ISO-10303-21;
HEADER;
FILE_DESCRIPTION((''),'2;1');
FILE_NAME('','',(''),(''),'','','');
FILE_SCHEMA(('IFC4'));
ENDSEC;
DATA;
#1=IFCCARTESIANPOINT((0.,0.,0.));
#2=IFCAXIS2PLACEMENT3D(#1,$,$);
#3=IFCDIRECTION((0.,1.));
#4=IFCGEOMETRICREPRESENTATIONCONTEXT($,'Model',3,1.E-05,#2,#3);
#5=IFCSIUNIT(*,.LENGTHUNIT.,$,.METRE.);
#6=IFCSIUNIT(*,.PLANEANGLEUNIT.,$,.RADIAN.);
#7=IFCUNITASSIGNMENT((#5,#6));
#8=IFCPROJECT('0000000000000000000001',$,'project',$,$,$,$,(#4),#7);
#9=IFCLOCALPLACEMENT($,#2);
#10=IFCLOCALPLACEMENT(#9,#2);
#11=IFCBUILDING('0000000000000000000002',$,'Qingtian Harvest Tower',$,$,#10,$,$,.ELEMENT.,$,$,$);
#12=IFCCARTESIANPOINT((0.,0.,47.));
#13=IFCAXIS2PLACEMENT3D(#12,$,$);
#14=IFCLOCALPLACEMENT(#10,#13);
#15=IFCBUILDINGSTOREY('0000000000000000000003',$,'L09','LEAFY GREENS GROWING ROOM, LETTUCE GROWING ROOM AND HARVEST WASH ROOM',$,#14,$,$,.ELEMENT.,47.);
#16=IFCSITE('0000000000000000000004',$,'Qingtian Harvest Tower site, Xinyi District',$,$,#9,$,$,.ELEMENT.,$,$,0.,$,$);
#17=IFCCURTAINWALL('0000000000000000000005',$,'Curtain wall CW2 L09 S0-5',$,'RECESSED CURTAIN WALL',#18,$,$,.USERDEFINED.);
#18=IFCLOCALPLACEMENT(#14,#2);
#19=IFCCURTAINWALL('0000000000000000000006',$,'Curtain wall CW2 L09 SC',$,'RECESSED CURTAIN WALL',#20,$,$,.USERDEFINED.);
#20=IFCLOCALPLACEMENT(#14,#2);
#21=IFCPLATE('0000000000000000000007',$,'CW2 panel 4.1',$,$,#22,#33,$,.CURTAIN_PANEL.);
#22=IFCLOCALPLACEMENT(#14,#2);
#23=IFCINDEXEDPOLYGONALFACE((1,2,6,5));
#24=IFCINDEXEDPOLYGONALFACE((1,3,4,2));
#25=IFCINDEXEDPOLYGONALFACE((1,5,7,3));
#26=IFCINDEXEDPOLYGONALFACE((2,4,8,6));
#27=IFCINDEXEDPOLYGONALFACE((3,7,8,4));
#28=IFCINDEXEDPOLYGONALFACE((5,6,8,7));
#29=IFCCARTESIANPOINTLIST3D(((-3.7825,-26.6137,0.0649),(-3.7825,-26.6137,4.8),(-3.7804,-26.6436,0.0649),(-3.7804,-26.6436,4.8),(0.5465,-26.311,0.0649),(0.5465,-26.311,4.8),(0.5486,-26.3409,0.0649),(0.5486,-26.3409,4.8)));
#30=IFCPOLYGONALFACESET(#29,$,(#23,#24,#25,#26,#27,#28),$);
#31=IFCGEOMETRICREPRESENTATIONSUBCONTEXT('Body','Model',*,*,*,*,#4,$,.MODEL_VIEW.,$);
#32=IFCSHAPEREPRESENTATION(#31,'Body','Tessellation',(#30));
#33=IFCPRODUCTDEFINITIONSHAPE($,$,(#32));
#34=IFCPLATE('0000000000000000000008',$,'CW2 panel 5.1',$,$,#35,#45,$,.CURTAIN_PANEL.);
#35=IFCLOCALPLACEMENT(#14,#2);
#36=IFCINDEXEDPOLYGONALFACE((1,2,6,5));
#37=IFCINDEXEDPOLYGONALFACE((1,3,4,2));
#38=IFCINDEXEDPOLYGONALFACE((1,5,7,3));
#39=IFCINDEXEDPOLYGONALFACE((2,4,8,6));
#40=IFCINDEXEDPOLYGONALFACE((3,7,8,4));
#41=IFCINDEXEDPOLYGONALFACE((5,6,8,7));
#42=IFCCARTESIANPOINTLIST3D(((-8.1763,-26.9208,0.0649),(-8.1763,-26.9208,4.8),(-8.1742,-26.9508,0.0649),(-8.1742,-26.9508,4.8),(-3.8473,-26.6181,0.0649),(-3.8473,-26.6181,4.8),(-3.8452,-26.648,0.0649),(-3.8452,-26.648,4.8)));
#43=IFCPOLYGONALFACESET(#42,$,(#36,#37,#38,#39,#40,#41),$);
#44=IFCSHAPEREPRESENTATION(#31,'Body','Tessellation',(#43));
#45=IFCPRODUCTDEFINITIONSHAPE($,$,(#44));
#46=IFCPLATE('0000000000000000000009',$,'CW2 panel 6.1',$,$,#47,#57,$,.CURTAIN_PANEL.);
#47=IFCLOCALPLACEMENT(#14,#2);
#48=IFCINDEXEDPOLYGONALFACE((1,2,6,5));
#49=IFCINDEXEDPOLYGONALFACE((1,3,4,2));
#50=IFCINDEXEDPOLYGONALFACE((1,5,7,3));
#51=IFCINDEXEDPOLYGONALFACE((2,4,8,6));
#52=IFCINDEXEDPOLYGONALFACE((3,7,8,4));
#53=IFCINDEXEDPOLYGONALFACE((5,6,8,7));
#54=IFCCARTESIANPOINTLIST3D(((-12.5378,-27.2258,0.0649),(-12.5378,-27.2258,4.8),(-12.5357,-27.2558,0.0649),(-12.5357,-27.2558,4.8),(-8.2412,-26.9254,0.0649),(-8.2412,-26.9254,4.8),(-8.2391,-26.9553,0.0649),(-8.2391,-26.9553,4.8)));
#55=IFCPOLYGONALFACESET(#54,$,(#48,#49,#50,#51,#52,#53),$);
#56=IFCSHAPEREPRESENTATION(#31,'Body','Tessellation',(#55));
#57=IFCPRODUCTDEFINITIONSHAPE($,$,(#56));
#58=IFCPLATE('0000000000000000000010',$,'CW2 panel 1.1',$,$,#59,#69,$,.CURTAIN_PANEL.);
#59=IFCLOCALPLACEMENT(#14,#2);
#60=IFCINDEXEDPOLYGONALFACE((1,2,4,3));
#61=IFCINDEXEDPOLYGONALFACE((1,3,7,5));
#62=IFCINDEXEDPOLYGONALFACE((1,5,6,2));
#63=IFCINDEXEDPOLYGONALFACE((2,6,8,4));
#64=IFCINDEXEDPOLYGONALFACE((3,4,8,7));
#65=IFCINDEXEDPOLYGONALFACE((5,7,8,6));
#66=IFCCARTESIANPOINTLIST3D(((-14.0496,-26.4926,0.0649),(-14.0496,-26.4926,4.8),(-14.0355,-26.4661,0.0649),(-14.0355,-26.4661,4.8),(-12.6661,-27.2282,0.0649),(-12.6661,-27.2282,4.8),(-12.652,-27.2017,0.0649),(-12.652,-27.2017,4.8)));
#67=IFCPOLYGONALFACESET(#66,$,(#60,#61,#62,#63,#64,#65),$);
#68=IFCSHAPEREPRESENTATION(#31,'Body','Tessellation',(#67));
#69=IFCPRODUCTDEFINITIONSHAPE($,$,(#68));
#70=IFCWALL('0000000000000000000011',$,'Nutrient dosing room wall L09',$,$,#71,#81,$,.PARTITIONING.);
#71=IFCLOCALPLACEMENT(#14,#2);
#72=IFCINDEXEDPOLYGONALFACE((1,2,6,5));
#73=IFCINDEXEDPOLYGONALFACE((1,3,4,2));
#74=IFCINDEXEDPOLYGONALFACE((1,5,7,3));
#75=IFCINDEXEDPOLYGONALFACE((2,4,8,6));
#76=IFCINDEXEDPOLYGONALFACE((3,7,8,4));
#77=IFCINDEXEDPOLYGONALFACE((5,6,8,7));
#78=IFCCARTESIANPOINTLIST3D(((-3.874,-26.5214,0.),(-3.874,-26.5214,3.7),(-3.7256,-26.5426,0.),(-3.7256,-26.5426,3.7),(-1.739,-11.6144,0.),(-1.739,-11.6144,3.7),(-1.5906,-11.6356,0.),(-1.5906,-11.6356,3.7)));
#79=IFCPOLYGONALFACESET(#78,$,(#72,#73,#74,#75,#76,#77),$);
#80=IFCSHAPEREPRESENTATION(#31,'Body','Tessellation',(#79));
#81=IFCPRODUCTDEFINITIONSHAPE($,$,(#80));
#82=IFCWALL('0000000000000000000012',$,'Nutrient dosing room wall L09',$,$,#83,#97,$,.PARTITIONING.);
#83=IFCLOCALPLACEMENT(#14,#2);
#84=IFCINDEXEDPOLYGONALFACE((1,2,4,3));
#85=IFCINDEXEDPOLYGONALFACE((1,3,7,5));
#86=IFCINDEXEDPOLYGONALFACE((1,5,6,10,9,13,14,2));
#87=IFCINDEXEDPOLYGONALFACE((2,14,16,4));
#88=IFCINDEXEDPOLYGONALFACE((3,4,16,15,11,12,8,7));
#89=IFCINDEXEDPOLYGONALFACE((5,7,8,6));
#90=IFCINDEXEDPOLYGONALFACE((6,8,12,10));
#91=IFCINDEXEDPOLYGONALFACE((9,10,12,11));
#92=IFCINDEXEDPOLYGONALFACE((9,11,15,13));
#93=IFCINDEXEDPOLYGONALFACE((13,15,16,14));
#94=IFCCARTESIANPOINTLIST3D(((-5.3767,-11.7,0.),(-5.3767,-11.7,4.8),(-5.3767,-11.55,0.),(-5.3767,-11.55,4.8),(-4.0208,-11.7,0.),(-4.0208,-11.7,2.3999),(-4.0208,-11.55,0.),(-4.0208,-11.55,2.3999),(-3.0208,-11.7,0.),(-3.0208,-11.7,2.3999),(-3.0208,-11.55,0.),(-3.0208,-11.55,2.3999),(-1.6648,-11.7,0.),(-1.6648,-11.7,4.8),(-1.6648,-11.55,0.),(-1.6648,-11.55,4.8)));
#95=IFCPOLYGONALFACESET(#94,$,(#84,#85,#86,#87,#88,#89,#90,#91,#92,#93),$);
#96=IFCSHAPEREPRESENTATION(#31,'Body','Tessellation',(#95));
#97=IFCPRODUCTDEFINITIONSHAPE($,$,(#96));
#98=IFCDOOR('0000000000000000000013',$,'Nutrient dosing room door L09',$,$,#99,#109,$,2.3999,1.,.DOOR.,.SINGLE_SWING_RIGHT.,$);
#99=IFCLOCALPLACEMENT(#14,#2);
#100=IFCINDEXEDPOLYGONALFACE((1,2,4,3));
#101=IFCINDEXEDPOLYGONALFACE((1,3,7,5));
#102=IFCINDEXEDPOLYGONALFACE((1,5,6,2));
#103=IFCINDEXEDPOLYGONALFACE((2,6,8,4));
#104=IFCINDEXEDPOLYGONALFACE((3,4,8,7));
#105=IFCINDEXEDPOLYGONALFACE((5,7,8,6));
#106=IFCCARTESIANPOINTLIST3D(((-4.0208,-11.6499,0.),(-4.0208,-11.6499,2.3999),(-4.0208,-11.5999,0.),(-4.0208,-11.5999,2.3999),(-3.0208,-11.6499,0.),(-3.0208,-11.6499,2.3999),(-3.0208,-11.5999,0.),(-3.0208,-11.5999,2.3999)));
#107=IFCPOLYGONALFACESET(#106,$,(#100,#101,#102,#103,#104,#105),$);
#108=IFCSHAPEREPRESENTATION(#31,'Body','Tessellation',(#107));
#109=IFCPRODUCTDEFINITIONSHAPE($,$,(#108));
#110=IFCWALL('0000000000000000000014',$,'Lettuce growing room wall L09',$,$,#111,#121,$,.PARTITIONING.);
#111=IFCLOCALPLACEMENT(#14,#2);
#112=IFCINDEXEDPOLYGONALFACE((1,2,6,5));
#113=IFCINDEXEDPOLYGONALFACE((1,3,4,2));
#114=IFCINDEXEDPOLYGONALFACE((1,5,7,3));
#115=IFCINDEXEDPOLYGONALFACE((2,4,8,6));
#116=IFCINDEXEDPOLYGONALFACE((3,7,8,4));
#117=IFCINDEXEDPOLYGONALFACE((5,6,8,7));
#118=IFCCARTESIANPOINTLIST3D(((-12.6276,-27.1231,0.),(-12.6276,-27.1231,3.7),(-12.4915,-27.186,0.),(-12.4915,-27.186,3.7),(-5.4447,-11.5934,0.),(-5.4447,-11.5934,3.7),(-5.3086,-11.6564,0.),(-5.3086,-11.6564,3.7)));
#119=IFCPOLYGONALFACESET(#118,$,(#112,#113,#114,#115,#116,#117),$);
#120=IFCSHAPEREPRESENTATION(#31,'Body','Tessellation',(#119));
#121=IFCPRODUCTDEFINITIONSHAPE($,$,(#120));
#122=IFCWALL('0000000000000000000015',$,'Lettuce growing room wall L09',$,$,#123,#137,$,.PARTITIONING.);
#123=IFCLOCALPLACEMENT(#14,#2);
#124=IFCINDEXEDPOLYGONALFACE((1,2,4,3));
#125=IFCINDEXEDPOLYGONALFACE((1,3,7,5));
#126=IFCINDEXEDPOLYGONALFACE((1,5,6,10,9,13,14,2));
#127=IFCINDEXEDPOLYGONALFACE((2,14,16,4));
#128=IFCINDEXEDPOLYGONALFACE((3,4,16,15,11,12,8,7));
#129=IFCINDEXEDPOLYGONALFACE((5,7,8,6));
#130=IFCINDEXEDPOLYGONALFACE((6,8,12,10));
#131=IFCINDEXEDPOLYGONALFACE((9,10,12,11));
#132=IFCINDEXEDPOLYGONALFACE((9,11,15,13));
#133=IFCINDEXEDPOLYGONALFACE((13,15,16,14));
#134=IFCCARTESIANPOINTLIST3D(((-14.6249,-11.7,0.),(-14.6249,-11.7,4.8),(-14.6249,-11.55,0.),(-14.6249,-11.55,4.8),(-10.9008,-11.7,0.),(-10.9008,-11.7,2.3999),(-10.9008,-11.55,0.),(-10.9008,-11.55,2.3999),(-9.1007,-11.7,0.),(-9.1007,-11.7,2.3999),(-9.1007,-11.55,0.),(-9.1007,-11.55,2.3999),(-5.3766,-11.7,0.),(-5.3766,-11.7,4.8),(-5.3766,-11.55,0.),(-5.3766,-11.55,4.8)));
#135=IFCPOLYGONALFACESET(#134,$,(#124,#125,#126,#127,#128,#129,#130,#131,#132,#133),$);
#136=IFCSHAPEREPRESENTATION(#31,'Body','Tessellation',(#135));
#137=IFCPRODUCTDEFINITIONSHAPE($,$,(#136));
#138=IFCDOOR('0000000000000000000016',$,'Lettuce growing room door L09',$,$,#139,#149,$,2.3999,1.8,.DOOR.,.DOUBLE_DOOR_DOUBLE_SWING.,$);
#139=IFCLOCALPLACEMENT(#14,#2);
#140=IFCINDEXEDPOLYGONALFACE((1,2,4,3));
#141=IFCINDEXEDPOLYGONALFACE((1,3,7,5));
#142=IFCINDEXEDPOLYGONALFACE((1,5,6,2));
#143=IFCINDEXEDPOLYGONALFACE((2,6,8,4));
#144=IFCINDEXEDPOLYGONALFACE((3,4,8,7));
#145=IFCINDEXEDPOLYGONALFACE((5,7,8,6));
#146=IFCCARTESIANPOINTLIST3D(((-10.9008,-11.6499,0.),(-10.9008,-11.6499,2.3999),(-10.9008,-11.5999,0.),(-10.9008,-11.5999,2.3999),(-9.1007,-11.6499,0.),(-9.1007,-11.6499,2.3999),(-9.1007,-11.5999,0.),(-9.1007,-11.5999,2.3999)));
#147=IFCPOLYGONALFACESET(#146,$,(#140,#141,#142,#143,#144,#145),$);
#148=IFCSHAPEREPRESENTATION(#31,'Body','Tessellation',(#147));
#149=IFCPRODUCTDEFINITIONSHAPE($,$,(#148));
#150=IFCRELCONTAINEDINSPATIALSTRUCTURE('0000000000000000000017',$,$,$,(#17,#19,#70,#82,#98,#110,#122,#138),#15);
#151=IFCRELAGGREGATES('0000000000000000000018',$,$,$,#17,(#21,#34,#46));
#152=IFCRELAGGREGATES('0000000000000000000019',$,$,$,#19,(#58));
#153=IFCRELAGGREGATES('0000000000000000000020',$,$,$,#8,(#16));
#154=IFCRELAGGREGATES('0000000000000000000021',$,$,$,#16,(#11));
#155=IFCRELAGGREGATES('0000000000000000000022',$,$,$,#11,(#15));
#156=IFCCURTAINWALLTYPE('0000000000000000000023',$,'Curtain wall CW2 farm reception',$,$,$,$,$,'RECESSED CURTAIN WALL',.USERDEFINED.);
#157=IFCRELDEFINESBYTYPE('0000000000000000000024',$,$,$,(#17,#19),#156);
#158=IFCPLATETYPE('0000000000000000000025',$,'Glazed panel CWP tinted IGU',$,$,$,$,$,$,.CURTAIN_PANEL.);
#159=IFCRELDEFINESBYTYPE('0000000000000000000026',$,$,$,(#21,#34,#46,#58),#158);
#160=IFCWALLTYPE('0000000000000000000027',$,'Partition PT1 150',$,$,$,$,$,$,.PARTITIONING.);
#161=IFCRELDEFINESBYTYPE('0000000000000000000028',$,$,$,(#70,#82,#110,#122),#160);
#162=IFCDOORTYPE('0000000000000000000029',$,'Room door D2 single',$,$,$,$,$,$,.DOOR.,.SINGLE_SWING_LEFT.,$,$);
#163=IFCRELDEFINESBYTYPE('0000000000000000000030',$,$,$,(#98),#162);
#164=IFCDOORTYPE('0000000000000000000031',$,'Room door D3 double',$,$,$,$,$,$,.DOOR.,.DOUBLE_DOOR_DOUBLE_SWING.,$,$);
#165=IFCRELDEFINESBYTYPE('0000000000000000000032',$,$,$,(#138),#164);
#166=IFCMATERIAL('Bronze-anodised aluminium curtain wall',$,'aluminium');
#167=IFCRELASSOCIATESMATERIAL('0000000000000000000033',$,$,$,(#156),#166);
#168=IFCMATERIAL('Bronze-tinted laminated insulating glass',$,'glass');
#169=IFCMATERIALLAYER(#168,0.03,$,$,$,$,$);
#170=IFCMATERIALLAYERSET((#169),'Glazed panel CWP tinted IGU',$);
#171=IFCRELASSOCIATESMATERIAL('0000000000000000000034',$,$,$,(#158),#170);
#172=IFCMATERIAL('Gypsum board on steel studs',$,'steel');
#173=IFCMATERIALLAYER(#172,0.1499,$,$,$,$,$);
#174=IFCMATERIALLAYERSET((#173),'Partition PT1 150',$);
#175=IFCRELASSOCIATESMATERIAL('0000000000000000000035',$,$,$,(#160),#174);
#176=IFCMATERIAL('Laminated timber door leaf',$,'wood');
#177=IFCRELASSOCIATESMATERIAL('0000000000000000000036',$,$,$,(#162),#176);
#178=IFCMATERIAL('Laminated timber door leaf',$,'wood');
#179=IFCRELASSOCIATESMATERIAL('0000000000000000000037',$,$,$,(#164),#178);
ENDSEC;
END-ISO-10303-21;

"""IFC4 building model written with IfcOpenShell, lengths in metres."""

from ifc_helpers import new_model, si_unit, direction, frame, frame_2d, origin, origin_2d, place, context, subcontext, project, spatial, rectangle, extrude, material, layer, layer_set, type_object, element, fill, aggregate, save


model = new_model("IFC4")

# Units and contexts
model_context = context("Model", 3, precision=1e-05, world=origin(), true_north=direction((0.0, 1.0)))
body_context = subcontext(model_context, "Body", "Model", "MODEL_VIEW")
ifc_project = project(units=[si_unit("LENGTHUNIT", "METRE"), si_unit("PLANEANGLEUNIT", "RADIAN")], contexts=[model_context])

# Site, building, storey
site_placement = place(None, origin())
site = spatial("IfcSite", under=ifc_project, at=site_placement, Name="Qingtian Harvest Tower site, Xinyi District", CompositionType="ELEMENT", RefElevation=0.0)
building_placement = place(site_placement, origin())
building = spatial("IfcBuilding", under=site, at=building_placement, Name="Qingtian Harvest Tower", CompositionType="ELEMENT")
storey_placement = place(building_placement, frame((0.0, 0.0, 47.0)))
storey = spatial("IfcBuildingStorey", under=building, at=storey_placement, Name="L09", Description="LEAFY GREENS GROWING ROOM, LETTUCE GROWING ROOM AND HARVEST WASH ROOM", CompositionType="ELEMENT", Elevation=47.0)

# Curtain walls
ifc_material_1 = material(Name="Bronze-anodised aluminium curtain wall", Category="aluminium")
curtain_wall_type = type_object("IfcCurtainWallType", Name="Curtain wall CW2 farm reception", ElementType="RECESSED CURTAIN WALL", PredefinedType="USERDEFINED", material=ifc_material_1)
curtain_wall_1_placement = place(storey_placement, origin())
curtain_wall_1 = element("IfcCurtainWall", 1, at=curtain_wall_1_placement, inside=storey, type_object=curtain_wall_type, Name="Curtain wall CW2 L09 S0-5", ObjectType="RECESSED CURTAIN WALL", PredefinedType="USERDEFINED")
curtain_wall_2_placement = place(storey_placement, origin())
curtain_wall_2 = element("IfcCurtainWall", 2, at=curtain_wall_2_placement, inside=storey, type_object=curtain_wall_type, Name="Curtain wall CW2 L09 SC", ObjectType="RECESSED CURTAIN WALL", PredefinedType="USERDEFINED")

# Plates
ifc_material_2 = material(Name="Bronze-tinted laminated insulating glass", Category="glass")
ifc_layer_1 = layer(ifc_material_2, 0.03)
ifc_layer_set_1 = layer_set([ifc_layer_1], Name="Glazed panel CWP tinted IGU")
plate_type = type_object("IfcPlateType", Name="Glazed panel CWP tinted IGU", PredefinedType="CURTAIN_PANEL", material=ifc_layer_set_1)
plate_1_placement = place(storey_placement, frame((-1.6169, -26.4773, 0.0649), z_axis=(0.0, 0.0, 1.0), x_axis=(-0.997564, -0.069756, 0.0)))
plate_1 = element("IfcPlate", 3, at=plate_1_placement, type_object=plate_type, Name="CW2 panel 4.1", PredefinedType="CURTAIN_PANEL", context=body_context, shape_type="SweptSolid", body=[
    extrude(rectangle(XDim=4.3396, YDim=0.03, at=origin_2d()), origin(), (0.0, 0.0, 1.0), 4.7351),
])
plate_2_placement = place(storey_placement, frame((-6.0107, -26.7844, 0.0649), z_axis=(0.0, 0.0, 1.0), x_axis=(-0.997564, -0.069756, 0.0)))
plate_2 = element("IfcPlate", 4, at=plate_2_placement, type_object=plate_type, Name="CW2 panel 5.1", PredefinedType="CURTAIN_PANEL", context=body_context, shape_type="SweptSolid", body=[
    extrude(rectangle(XDim=4.3396, YDim=0.03, at=origin_2d()), origin(), (0.0, 0.0, 1.0), 4.7351),
])
plate_3_placement = place(storey_placement, frame((-10.3884, -27.0906, 0.0649), z_axis=(0.0, 0.0, 1.0), x_axis=(-0.997564, -0.069756, 0.0)))
plate_3 = element("IfcPlate", 5, at=plate_3_placement, type_object=plate_type, Name="CW2 panel 6.1", PredefinedType="CURTAIN_PANEL", context=body_context, shape_type="SweptSolid", body=[
    extrude(rectangle(XDim=4.3071, YDim=0.03, at=origin_2d()), origin(), (0.0, 0.0, 1.0), 4.7351),
])
aggregate(curtain_wall_1, [plate_1, plate_2, plate_3])
plate_4_placement = place(storey_placement, frame((-13.3508, -26.8472, 0.0649), z_axis=(0.0, 0.0, 1.0), x_axis=(-0.882948, 0.469472, 0.0)))
plate_4 = element("IfcPlate", 6, at=plate_4_placement, type_object=plate_type, Name="CW2 panel 1.1", PredefinedType="CURTAIN_PANEL", context=body_context, shape_type="SweptSolid", body=[
    extrude(rectangle(XDim=1.5669, YDim=0.03, at=origin_2d()), origin(), (0.0, 0.0, 1.0), 4.7351),
])
aggregate(curtain_wall_2, [plate_4])

# Wall
ifc_material_3 = material(Name="Gypsum board on steel studs", Category="steel")
ifc_layer_2 = layer(ifc_material_3, 0.1499)
ifc_layer_set_2 = layer_set([ifc_layer_2], Name="Partition PT1 150")
wall_type = type_object("IfcWallType", Name="Partition PT1 150", PredefinedType="PARTITIONING", material=ifc_layer_set_2)
wall_1_placement = place(storey_placement, frame((-3.7998, -26.532, 0.0), z_axis=(0.0, 0.0, 1.0), x_axis=(0.141775, 0.989899, 0.0)))
element("IfcWall", 7, at=wall_1_placement, inside=storey, type_object=wall_type, Name="Nutrient dosing room wall L09", PredefinedType="PARTITIONING", context=body_context, shape_type="SweptSolid", body=[
    extrude(rectangle(XDim=15.0591, YDim=0.1499, at=frame_2d((7.5295, 0.0))), origin(), (0.0, 0.0, 1.0), 3.7),
])

# Wall, opening, door
wall_2_placement = place(storey_placement, frame((-1.6648, -11.625, 0.0), z_axis=(0.0, 0.0, 1.0), x_axis=(-1.0, 0.0, 0.0)))
wall_2 = element("IfcWall", 8, at=wall_2_placement, inside=storey, type_object=wall_type, Name="Nutrient dosing room wall L09", PredefinedType="PARTITIONING", context=body_context, shape_type="SweptSolid", body=[
    extrude(rectangle(XDim=3.7119, YDim=0.1499, at=frame_2d((1.856, 0.0))), origin(), (0.0, 0.0, 1.0), 4.8),
])
opening_1_placement = place(wall_2_placement, frame((1.356, 0.0, 0.0)))
opening_1 = element("IfcOpeningElement", 9, at=opening_1_placement, cuts=wall_2, PredefinedType="OPENING", context=body_context, shape_type="SweptSolid", body=[
    extrude(rectangle(XDim=1.0, YDim=2.3999, at=frame_2d((0.5, 1.2))), frame((0.0, 0.085, 0.0), z_axis=(0.0, -1.0, 0.0), x_axis=(1.0, 0.0, 0.0)), (0.0, 0.0, 1.0), 0.1699),
])
ifc_material_4 = material(Name="Laminated timber door leaf", Category="wood")
door_type_1 = type_object("IfcDoorType", Name="Room door D2 single", OperationType="SINGLE_SWING_LEFT", PredefinedType="DOOR", material=ifc_material_4)
door_1_placement = place(opening_1_placement, origin())
door_1 = element("IfcDoor", 10, at=door_1_placement, inside=storey, type_object=door_type_1, Name="Nutrient dosing room door L09", OperationType="SINGLE_SWING_RIGHT", OverallHeight=2.3999, OverallWidth=1.0, PredefinedType="DOOR", context=body_context, shape_type="SweptSolid", body=[
    extrude(rectangle(XDim=1.0, YDim=2.3999, at=frame_2d((0.5, 1.2))), frame((0.0, 0.0249, 0.0), z_axis=(0.0, -1.0, 0.0), x_axis=(1.0, 0.0, 0.0)), (0.0, 0.0, 1.0), 0.05),
])
fill(opening_1, door_1)

# Wall
wall_3_placement = place(storey_placement, frame((-12.5596, -27.1545, 0.0), z_axis=(0.0, 0.0, 1.0), x_axis=(0.419799, 0.907617, 0.0)))
element("IfcWall", 11, at=wall_3_placement, inside=storey, type_object=wall_type, Name="Lettuce growing room wall L09", PredefinedType="PARTITIONING", context=body_context, shape_type="SweptSolid", body=[
    extrude(rectangle(XDim=17.1104, YDim=0.1499, at=frame_2d((8.5552, 0.0))), origin(), (0.0, 0.0, 1.0), 3.7),
])

# Wall, opening, door
wall_4_placement = place(storey_placement, frame((-5.3767, -11.625, 0.0), z_axis=(0.0, 0.0, 1.0), x_axis=(-1.0, 0.0, 0.0)))
wall_4 = element("IfcWall", 12, at=wall_4_placement, inside=storey, type_object=wall_type, Name="Lettuce growing room wall L09", PredefinedType="PARTITIONING", context=body_context, shape_type="SweptSolid", body=[
    extrude(rectangle(XDim=9.2483, YDim=0.1499, at=frame_2d((4.624, 0.0))), origin(), (0.0, 0.0, 1.0), 4.8),
])
opening_2_placement = place(wall_4_placement, frame((3.7241, 0.0, 0.0)))
opening_2 = element("IfcOpeningElement", 13, at=opening_2_placement, cuts=wall_4, PredefinedType="OPENING", context=body_context, shape_type="SweptSolid", body=[
    extrude(rectangle(XDim=1.8, YDim=2.3999, at=frame_2d((0.8999, 1.2))), frame((0.0, 0.085, 0.0), z_axis=(0.0, -1.0, 0.0), x_axis=(1.0, 0.0, 0.0)), (0.0, 0.0, 1.0), 0.1699),
])
ifc_material_5 = material(Name="Laminated timber door leaf", Category="wood")
door_type_2 = type_object("IfcDoorType", Name="Room door D3 double", OperationType="DOUBLE_DOOR_DOUBLE_SWING", PredefinedType="DOOR", material=ifc_material_5)
door_2_placement = place(opening_2_placement, origin())
door_2 = element("IfcDoor", 14, at=door_2_placement, inside=storey, type_object=door_type_2, Name="Lettuce growing room door L09", OperationType="DOUBLE_DOOR_DOUBLE_SWING", OverallHeight=2.3999, OverallWidth=1.8, PredefinedType="DOOR", context=body_context, shape_type="SweptSolid", body=[
    extrude(rectangle(XDim=1.8, YDim=2.3999, at=frame_2d((0.8999, 1.2))), frame((0.0, 0.0249, 0.0), z_axis=(0.0, -1.0, 0.0), x_axis=(1.0, 0.0, 0.0)), (0.0, 0.0, 1.0), 0.05),
])
fill(opening_2, door_2)

save(model, "model.ifc")
